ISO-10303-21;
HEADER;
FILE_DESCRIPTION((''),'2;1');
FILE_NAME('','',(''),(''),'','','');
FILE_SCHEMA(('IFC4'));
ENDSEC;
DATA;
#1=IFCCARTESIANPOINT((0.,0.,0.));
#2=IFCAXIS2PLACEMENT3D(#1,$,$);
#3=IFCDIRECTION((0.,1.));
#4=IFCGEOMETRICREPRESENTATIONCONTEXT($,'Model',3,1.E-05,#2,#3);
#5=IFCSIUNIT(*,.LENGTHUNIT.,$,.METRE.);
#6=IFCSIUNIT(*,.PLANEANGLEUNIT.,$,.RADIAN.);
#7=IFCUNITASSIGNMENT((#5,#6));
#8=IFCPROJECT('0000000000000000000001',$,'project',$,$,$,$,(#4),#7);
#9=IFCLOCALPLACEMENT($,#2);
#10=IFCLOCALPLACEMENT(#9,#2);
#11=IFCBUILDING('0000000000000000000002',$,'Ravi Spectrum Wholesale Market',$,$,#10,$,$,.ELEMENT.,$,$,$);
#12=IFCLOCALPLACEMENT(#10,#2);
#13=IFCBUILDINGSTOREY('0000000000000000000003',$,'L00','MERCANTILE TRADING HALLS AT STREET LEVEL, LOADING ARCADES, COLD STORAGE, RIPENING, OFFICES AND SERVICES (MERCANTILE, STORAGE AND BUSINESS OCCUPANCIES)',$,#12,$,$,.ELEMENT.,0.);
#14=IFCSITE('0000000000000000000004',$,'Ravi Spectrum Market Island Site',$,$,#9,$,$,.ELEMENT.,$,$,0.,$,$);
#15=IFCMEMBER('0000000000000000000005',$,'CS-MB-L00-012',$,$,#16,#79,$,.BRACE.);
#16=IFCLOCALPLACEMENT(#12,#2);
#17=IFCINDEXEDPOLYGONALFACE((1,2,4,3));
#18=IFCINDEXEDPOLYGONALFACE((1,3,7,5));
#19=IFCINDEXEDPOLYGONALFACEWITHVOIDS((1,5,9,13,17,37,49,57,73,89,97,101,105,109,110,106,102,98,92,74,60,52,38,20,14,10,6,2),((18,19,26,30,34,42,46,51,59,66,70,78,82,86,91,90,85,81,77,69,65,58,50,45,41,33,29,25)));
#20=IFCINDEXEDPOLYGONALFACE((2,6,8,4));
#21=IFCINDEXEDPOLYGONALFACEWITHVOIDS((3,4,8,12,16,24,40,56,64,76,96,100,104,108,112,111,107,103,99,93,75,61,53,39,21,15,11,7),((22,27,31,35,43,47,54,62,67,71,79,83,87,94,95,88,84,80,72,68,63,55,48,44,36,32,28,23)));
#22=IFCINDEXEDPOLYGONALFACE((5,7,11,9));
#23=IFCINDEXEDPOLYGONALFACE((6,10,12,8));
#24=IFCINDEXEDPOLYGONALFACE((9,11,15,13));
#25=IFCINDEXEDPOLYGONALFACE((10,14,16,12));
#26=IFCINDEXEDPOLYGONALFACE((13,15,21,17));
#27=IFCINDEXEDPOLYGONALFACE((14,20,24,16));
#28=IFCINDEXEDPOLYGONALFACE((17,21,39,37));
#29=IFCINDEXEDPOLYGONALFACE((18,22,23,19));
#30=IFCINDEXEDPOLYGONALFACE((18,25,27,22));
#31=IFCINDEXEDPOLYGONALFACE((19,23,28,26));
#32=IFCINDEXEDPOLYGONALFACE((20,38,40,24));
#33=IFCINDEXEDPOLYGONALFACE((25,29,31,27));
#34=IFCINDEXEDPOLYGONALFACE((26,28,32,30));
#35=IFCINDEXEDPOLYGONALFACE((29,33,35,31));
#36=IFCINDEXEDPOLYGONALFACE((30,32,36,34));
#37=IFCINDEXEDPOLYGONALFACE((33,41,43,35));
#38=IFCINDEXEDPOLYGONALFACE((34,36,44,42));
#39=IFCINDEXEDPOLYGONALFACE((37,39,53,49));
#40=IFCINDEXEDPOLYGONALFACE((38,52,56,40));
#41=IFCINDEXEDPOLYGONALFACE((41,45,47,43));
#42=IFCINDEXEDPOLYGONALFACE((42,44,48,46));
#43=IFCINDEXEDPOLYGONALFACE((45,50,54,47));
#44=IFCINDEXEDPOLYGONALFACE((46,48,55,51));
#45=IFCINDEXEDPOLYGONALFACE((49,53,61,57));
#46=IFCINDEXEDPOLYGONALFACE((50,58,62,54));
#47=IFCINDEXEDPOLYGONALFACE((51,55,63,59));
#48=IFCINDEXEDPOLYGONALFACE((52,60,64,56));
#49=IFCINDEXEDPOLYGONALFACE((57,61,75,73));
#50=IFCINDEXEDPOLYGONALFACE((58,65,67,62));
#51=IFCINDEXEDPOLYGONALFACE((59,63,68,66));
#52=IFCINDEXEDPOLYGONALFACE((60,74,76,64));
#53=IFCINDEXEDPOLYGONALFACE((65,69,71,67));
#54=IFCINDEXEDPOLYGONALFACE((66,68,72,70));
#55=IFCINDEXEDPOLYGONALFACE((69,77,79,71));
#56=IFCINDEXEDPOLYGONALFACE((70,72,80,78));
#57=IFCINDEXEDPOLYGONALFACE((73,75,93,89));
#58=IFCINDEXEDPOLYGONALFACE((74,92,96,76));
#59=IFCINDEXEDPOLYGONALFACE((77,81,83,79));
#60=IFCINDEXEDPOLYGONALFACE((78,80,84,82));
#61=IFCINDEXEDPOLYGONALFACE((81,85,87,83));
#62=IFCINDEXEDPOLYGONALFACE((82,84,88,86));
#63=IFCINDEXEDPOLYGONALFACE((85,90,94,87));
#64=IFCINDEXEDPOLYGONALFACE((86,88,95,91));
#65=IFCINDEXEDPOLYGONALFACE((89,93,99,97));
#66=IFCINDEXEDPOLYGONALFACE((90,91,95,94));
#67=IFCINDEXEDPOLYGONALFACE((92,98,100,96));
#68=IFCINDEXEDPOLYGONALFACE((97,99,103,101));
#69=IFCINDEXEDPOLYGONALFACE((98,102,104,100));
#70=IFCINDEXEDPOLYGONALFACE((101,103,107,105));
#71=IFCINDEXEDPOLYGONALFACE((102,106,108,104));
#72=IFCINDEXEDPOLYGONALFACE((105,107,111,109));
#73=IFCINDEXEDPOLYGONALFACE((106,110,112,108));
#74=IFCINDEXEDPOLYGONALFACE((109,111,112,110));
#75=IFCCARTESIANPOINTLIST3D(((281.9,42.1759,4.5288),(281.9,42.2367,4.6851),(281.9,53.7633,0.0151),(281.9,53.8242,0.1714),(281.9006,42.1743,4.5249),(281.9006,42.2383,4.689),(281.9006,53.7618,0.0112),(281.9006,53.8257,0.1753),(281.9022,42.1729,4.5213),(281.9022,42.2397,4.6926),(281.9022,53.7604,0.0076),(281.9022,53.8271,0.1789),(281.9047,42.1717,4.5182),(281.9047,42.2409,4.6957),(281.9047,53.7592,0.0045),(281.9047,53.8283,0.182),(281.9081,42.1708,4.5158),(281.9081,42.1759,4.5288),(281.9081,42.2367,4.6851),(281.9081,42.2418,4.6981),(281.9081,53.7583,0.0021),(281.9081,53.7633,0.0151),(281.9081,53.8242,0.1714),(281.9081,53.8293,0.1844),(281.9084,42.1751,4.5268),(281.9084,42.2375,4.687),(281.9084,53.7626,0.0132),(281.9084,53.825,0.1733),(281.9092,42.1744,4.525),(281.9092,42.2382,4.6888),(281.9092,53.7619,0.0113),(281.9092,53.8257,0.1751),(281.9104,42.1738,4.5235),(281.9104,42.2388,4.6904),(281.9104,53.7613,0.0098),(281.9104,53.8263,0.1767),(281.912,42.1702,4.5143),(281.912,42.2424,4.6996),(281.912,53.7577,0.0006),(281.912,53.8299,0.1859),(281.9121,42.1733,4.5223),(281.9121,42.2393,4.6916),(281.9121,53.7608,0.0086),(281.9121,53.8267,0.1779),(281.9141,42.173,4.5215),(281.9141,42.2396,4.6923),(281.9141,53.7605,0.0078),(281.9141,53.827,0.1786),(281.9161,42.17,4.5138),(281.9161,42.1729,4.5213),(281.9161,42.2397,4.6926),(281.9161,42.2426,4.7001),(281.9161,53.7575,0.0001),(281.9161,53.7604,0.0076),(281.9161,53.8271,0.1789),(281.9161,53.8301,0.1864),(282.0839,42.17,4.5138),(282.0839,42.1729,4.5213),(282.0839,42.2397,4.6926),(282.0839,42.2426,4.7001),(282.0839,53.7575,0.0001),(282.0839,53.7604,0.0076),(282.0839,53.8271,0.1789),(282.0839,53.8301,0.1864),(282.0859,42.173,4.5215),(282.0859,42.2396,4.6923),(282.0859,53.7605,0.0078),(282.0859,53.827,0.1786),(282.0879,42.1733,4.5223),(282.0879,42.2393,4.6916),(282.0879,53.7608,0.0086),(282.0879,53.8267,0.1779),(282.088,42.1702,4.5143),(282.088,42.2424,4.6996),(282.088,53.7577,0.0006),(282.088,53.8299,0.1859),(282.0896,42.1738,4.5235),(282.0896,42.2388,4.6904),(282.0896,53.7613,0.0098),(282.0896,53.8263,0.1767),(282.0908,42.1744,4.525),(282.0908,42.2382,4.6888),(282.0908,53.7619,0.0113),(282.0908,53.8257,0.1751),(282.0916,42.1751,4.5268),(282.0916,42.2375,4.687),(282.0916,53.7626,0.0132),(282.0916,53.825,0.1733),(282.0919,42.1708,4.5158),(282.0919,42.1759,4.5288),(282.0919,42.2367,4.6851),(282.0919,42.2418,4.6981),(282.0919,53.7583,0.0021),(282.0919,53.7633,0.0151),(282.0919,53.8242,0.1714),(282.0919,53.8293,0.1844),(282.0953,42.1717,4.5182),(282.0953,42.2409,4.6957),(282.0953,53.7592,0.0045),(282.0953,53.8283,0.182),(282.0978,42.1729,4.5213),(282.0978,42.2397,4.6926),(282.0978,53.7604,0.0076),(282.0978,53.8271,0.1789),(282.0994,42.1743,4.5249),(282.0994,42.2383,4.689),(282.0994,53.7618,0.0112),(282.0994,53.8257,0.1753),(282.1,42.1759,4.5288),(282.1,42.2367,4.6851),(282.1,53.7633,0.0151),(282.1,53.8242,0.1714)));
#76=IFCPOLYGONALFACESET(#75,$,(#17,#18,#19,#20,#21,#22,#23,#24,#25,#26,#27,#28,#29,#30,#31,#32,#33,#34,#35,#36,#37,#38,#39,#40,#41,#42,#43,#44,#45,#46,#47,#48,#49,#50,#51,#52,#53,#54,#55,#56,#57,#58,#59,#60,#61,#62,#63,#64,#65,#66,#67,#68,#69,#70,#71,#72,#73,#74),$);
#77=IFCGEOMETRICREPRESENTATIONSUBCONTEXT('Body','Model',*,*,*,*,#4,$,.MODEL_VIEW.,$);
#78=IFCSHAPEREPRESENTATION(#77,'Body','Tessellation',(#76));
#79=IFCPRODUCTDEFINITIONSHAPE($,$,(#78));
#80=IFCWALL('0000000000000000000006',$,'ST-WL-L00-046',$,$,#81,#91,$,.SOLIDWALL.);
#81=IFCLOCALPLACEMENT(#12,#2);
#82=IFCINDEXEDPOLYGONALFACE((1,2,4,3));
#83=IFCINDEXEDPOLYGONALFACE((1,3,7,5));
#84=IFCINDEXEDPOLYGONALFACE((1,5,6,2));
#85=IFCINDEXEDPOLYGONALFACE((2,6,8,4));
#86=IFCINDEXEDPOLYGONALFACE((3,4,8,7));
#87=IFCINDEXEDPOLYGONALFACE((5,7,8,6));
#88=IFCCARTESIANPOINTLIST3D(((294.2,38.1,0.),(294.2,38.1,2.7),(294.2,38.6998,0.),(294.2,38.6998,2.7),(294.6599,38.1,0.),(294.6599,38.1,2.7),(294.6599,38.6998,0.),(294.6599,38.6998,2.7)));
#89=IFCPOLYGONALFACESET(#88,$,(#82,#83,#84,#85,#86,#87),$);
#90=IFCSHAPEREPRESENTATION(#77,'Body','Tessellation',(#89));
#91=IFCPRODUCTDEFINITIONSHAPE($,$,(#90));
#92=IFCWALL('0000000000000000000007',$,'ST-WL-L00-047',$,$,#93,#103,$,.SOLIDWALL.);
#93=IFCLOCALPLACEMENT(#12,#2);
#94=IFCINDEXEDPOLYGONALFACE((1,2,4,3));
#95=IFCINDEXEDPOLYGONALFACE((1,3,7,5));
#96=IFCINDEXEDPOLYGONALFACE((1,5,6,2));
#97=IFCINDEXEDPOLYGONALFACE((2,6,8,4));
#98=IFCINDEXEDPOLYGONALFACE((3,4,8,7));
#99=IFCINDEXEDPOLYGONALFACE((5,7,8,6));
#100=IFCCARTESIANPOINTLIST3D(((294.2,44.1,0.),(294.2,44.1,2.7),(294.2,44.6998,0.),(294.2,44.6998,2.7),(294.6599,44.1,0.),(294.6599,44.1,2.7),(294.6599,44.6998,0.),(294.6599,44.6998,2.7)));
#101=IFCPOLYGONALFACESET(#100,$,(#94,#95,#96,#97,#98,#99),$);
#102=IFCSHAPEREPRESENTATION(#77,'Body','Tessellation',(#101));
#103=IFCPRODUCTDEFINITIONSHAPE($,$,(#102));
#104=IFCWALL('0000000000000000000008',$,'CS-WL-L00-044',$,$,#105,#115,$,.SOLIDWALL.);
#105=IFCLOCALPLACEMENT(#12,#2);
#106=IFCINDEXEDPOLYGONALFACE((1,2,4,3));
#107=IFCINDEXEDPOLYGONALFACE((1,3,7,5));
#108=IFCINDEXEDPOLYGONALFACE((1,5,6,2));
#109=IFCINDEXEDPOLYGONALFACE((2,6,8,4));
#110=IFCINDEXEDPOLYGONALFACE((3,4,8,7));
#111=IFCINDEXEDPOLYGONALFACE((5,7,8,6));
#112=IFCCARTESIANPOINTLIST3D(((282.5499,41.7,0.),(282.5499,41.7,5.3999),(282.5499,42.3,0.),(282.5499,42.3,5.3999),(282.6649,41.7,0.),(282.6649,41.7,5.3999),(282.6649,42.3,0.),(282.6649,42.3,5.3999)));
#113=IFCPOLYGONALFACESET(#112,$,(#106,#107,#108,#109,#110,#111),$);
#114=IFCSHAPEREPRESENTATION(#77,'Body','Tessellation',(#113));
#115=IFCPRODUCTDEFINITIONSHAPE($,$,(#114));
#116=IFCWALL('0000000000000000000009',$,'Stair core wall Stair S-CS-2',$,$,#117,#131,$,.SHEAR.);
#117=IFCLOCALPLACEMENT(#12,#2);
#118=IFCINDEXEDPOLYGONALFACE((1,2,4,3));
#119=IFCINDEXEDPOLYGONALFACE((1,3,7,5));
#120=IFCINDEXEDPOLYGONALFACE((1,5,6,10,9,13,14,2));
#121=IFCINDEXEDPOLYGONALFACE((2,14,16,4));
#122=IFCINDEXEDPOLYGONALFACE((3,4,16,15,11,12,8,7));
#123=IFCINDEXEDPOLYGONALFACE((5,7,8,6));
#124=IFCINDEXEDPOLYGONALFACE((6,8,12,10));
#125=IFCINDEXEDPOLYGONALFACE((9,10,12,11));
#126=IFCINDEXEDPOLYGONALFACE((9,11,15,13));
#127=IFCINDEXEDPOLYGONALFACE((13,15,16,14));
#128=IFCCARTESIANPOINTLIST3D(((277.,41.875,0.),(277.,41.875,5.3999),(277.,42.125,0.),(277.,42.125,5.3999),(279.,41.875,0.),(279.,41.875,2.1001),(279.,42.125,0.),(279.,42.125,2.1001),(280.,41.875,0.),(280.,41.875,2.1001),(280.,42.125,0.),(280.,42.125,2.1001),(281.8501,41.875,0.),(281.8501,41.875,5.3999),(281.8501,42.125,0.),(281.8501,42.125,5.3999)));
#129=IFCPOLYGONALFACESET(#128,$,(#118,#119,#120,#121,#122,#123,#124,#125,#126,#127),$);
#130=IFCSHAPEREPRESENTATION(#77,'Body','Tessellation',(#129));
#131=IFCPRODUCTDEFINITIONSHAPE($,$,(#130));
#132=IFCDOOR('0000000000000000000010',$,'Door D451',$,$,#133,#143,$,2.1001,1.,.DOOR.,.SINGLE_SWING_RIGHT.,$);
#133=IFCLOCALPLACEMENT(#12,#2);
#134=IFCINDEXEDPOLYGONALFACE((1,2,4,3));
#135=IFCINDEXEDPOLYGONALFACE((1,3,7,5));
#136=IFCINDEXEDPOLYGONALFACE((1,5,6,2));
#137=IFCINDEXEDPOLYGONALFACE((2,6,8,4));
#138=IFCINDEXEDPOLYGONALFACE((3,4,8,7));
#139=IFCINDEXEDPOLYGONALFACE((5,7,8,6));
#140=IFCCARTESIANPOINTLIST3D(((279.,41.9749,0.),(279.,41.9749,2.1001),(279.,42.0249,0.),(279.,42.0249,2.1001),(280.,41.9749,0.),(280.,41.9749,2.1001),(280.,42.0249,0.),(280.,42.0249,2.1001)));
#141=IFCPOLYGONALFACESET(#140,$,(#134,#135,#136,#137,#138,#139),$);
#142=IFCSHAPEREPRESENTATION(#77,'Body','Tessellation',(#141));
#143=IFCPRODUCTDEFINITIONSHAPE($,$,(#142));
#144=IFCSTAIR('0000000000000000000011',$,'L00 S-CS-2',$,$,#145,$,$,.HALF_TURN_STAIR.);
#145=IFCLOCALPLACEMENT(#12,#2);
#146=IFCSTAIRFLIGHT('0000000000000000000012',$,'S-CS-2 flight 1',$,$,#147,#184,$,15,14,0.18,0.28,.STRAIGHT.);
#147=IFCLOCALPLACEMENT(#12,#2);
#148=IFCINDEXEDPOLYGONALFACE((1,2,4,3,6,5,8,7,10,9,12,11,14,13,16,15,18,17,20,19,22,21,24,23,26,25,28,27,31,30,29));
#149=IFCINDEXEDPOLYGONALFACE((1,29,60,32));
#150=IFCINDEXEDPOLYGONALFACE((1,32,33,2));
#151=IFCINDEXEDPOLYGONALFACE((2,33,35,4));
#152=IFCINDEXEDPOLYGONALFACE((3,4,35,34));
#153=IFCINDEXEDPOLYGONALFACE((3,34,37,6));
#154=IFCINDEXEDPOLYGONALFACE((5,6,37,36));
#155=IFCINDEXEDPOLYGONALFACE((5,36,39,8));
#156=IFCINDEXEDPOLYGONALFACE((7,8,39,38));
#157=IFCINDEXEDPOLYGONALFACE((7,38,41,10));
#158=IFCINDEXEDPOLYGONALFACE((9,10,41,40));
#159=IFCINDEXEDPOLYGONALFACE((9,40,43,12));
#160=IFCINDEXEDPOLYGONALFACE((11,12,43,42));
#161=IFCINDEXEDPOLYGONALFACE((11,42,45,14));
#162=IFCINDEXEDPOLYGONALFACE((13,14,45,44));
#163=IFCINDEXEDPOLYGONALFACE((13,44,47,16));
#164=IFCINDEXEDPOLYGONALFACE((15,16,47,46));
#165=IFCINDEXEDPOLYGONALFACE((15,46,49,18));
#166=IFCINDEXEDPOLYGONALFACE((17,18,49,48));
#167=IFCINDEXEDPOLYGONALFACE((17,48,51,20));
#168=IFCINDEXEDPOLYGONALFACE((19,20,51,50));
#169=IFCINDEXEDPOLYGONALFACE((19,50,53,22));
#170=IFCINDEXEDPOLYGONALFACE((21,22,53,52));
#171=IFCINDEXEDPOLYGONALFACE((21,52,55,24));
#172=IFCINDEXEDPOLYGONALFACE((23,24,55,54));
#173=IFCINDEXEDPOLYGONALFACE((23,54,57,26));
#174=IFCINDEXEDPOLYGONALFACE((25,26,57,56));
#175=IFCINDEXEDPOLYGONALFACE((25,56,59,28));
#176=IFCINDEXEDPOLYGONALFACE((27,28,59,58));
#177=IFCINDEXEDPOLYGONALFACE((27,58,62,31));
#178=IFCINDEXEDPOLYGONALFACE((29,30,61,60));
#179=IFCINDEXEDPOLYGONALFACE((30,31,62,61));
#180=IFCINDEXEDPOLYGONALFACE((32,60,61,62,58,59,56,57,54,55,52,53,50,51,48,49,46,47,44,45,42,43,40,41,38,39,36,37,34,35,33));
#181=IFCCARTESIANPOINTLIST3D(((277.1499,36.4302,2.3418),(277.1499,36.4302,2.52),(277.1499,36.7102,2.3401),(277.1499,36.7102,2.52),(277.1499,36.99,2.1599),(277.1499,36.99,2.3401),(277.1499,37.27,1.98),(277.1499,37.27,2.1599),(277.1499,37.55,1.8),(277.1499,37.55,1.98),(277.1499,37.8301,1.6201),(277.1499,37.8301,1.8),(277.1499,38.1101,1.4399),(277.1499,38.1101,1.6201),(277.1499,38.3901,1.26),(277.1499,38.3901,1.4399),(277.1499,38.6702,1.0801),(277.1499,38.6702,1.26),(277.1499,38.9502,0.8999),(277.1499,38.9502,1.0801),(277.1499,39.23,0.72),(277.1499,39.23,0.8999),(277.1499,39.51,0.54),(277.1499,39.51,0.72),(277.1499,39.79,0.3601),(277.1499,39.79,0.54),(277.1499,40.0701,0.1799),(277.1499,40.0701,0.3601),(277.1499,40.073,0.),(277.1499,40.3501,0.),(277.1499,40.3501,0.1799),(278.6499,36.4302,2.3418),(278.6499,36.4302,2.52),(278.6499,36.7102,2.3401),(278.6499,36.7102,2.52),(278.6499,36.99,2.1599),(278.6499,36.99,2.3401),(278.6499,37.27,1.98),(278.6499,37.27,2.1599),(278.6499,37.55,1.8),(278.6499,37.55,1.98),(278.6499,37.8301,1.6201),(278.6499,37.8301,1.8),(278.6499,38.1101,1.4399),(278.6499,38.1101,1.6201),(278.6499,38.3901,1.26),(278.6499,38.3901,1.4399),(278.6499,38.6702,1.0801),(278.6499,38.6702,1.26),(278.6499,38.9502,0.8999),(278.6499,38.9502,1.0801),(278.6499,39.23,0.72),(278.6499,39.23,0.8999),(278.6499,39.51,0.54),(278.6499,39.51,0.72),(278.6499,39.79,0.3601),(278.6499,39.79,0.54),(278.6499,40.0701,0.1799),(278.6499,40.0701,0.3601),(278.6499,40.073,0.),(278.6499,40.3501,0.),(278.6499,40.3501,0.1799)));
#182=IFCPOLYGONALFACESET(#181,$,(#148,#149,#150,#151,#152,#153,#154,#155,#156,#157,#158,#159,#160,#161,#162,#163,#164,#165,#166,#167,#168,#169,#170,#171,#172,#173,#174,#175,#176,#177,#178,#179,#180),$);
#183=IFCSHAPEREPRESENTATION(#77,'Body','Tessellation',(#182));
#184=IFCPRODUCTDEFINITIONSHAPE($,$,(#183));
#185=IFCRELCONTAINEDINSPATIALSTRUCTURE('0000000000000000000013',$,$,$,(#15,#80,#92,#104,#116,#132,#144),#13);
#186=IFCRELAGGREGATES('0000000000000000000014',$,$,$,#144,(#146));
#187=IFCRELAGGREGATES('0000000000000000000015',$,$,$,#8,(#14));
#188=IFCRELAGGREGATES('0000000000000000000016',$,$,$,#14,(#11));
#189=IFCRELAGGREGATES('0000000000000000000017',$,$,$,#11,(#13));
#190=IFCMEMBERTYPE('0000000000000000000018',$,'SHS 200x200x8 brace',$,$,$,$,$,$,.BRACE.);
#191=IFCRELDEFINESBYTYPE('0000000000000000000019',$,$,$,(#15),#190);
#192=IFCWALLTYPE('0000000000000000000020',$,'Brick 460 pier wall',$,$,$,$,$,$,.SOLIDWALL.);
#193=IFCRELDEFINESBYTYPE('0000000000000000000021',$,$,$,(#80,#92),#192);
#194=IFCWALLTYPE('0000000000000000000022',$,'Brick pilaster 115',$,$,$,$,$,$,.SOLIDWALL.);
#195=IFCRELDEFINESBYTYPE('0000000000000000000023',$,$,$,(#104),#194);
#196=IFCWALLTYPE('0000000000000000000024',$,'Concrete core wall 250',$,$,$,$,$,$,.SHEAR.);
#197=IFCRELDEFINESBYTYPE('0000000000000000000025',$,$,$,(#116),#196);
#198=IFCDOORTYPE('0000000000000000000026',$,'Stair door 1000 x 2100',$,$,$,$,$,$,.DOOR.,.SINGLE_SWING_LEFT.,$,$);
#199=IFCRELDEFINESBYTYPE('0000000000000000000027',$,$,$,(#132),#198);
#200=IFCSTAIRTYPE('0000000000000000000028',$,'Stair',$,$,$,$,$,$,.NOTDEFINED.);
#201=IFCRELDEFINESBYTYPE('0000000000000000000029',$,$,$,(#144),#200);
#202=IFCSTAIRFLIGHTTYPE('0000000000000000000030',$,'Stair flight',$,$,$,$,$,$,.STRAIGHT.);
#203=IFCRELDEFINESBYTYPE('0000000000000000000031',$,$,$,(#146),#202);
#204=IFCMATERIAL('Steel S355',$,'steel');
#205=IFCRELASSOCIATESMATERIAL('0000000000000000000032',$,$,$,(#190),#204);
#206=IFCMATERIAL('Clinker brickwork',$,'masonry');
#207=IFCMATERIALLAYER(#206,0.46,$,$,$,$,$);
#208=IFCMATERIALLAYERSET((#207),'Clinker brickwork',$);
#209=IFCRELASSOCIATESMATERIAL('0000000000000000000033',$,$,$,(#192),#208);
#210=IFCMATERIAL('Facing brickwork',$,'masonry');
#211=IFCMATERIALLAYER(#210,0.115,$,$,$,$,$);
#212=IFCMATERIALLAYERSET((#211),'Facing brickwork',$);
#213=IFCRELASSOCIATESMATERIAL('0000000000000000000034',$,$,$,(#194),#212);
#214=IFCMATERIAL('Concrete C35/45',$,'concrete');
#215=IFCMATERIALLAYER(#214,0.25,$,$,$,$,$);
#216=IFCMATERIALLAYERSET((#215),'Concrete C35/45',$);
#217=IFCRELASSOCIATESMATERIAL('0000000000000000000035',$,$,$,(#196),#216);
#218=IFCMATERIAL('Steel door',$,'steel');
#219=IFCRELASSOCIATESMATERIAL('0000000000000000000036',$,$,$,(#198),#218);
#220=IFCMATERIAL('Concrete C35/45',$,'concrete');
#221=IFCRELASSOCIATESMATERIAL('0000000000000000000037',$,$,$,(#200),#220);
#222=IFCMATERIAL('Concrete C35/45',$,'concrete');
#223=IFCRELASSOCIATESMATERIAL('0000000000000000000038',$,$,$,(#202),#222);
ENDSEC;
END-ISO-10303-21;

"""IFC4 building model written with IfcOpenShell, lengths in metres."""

from ifc_helpers import new_model, si_unit, direction, frame, frame_2d, origin, origin_2d, place, context, subcontext, project, spatial, polyline, rectangle, hollow_rectangle, outline, extrude, material, layer, layer_set, material_profile, profile_set, type_object, element, fill, aggregate, save


model = new_model("IFC4")

# Units and contexts
model_context = context("Model", 3, precision=1e-05, world=origin(), true_north=direction((0.0, 1.0)))
body_context = subcontext(model_context, "Body", "Model", "MODEL_VIEW")
ifc_project = project(units=[si_unit("LENGTHUNIT", "METRE"), si_unit("PLANEANGLEUNIT", "RADIAN")], contexts=[model_context])

# Site, building, storey
site_placement = place(None, origin())
site = spatial("IfcSite", under=ifc_project, at=site_placement, Name="Ravi Spectrum Market Island Site", CompositionType="ELEMENT", RefElevation=0.0)
building_placement = place(site_placement, origin())
building = spatial("IfcBuilding", under=site, at=building_placement, Name="Ravi Spectrum Wholesale Market", CompositionType="ELEMENT")
storey_placement = place(building_placement, origin())
storey = spatial("IfcBuildingStorey", under=building, at=storey_placement, Name="L00", Description="MERCANTILE TRADING HALLS AT STREET LEVEL, LOADING ARCADES, COLD STORAGE, RIPENING, OFFICES AND SERVICES (MERCANTILE, STORAGE AND BUSINESS OCCUPANCIES)", CompositionType="ELEMENT", Elevation=0.0)

# Member
ifc_material_1 = material(Name="Steel S355", Category="steel")
ifc_material_profile_1 = material_profile(ifc_material_1, hollow_rectangle(XDim=0.2, YDim=0.2, WallThickness=0.0081, InnerFilletRadius=0.0081, OuterFilletRadius=0.0161, at=origin_2d()))
ifc_profile_set_1 = profile_set([ifc_material_profile_1], Name="Steel S355")
member_type = type_object("IfcMemberType", Name="SHS 200x200x8 brace", PredefinedType="BRACE", material=ifc_profile_set_1)
member_placement = place(storey_placement, frame((282.0, 42.2063, 4.6069), z_axis=(0.0, 0.931802, -0.362967), x_axis=(-1.0, 0.0, 0.0)))
element("IfcMember", 1, at=member_placement, inside=storey, type_object=member_type, Name="CS-MB-L00-012", PredefinedType="BRACE", context=body_context, shape_type="SweptSolid", body=[
    extrude(hollow_rectangle(XDim=0.2, YDim=0.2, WallThickness=0.0081, InnerFilletRadius=0.0081, OuterFilletRadius=0.0161, at=origin_2d()), origin(), (0.0, 0.0, 1.0), 12.4355),
])

# Walls
ifc_material_2 = material(Name="Clinker brickwork", Category="masonry")
ifc_layer_1 = layer(ifc_material_2, 0.46)
ifc_layer_set_1 = layer_set([ifc_layer_1], Name="Clinker brickwork")
wall_type_1 = type_object("IfcWallType", Name="Brick 460 pier wall", PredefinedType="SOLIDWALL", material=ifc_layer_set_1)
for number, where, z_axis, x_axis, name in (
    (2, (294.4299, 38.1001, 0.0), (0.0, 0.0, 1.0), (0.0, 1.0, 0.0), "ST-WL-L00-046"),
    (3, (294.4299, 44.1001, 0.0), (0.0, 0.0, 1.0), (0.0, 1.0, 0.0), "ST-WL-L00-047"),
):
    element("IfcWall", number, at=place(storey_placement, frame(where, z_axis=z_axis, x_axis=x_axis)), inside=storey, type_object=wall_type_1, Name=name, PredefinedType="SOLIDWALL", context=body_context, shape_type="SweptSolid", body=[
        extrude(rectangle(XDim=0.5999, YDim=0.46, at=frame_2d((0.2998, 0.0))), origin(), (0.0, 0.0, 1.0), 2.7),
    ])
ifc_material_3 = material(Name="Facing brickwork", Category="masonry")
ifc_layer_2 = layer(ifc_material_3, 0.115)
ifc_layer_set_2 = layer_set([ifc_layer_2], Name="Facing brickwork")
wall_type_2 = type_object("IfcWallType", Name="Brick pilaster 115", PredefinedType="SOLIDWALL", material=ifc_layer_set_2)
wall_1_placement = place(storey_placement, frame((282.6074, 41.7, 0.0), z_axis=(0.0, 0.0, 1.0), x_axis=(0.0, 1.0, 0.0)))
element("IfcWall", 4, at=wall_1_placement, inside=storey, type_object=wall_type_2, Name="CS-WL-L00-044", PredefinedType="SOLIDWALL", context=body_context, shape_type="SweptSolid", body=[
    extrude(rectangle(XDim=0.6001, YDim=0.115, at=frame_2d((0.3, 0.0))), origin(), (0.0, 0.0, 1.0), 5.3999),
])

# Wall, opening, door
ifc_material_4 = material(Name="Concrete C35/45", Category="concrete")
ifc_layer_3 = layer(ifc_material_4, 0.25)
ifc_layer_set_3 = layer_set([ifc_layer_3], Name="Concrete C35/45")
wall_type_3 = type_object("IfcWallType", Name="Concrete core wall 250", PredefinedType="SHEAR", material=ifc_layer_set_3)
wall_2_placement = place(storey_placement, frame((277.0, 42.0, 0.0), z_axis=(0.0, 0.0, 1.0), x_axis=(1.0, 0.0, 0.0)))
wall_2 = element("IfcWall", 5, at=wall_2_placement, inside=storey, type_object=wall_type_3, Name="Stair core wall Stair S-CS-2", PredefinedType="SHEAR", context=body_context, shape_type="SweptSolid", body=[
    extrude(rectangle(XDim=4.8501, YDim=0.25, at=frame_2d((2.425, 0.0))), origin(), (0.0, 0.0, 1.0), 5.3999),
])
opening_placement = place(wall_2_placement, frame((2.0, 0.0, 0.0)))
opening = element("IfcOpeningElement", 6, at=opening_placement, cuts=wall_2, PredefinedType="OPENING", context=body_context, shape_type="SweptSolid", body=[
    extrude(rectangle(XDim=1.0, YDim=2.1001, at=frame_2d((0.5, 1.05))), frame((0.0, 0.135, 0.0), z_axis=(0.0, -1.0, 0.0), x_axis=(1.0, 0.0, 0.0)), (0.0, 0.0, 1.0), 0.27),
])
ifc_material_5 = material(Name="Steel door", Category="steel")
door_type = type_object("IfcDoorType", Name="Stair door 1000 x 2100", OperationType="SINGLE_SWING_LEFT", PredefinedType="DOOR", material=ifc_material_5)
door_placement = place(opening_placement, origin())
door = element("IfcDoor", 7, at=door_placement, inside=storey, type_object=door_type, Name="Door D451", OperationType="SINGLE_SWING_RIGHT", OverallHeight=2.1001, OverallWidth=1.0, PredefinedType="DOOR", context=body_context, shape_type="SweptSolid", body=[
    extrude(rectangle(XDim=1.0, YDim=2.1001, at=frame_2d((0.5, 1.05))), frame((0.0, 0.0249, 0.0), z_axis=(0.0, -1.0, 0.0), x_axis=(1.0, 0.0, 0.0)), (0.0, 0.0, 1.0), 0.05),
])
fill(opening, door)

# Stair, stair flight
ifc_material_6 = material(Name="Concrete C35/45", Category="concrete")
stair_type = type_object("IfcStairType", Name="Stair", PredefinedType="NOTDEFINED", material=ifc_material_6)
stair_placement = place(storey_placement, origin())
stair = element("IfcStair", 8, at=stair_placement, inside=storey, type_object=stair_type, Name="L00 S-CS-2", PredefinedType="HALF_TURN_STAIR")
ifc_material_7 = material(Name="Concrete C35/45", Category="concrete")
stair_flight_type = type_object("IfcStairFlightType", Name="Stair flight", PredefinedType="STRAIGHT", material=ifc_material_7)
stair_flight_1_placement = place(storey_placement, frame((277.8999, 40.3501, 0.0), z_axis=(0.0, 0.0, 1.0), x_axis=(0.0, -1.0, 0.0)))
stair_flight_1 = element("IfcStairFlight", 9, at=stair_flight_1_placement, type_object=stair_flight_type, Name="S-CS-2 flight 1", NumberOfRisers=15, NumberOfTreads=14, PredefinedType="STRAIGHT", RiserHeight=0.18, TreadLength=0.28, context=body_context, shape_type="SweptSolid", body=[
    extrude(outline(polyline([(0.0, 0.0), (0.0, 0.1799), (0.28, 0.1799), (0.28, 0.3601), (0.5601, 0.3601), (0.5601, 0.54), (0.8401, 0.54), (0.8401, 0.72), (1.1201, 0.72), (1.1201, 0.8999), (1.3999, 0.8999), (1.3999, 1.0801), (1.6799, 1.0801), (1.6799, 1.26), (1.96, 1.26), (1.96, 1.4399), (2.24, 1.4399), (2.24, 1.6201), (2.52, 1.6201), (2.52, 1.8), (2.8, 1.8), (2.8, 1.98), (3.0801, 1.98), (3.0801, 2.1599), (3.3601, 2.1599), (3.3601, 2.3401), (3.6399, 2.3401), (3.6399, 2.52), (3.9199, 2.52), (3.9199, 2.7), (3.9199, 2.3418), (0.2771, 0.0), (0.0, 0.0)])), frame((0.0, 0.75, 0.0), z_axis=(0.0, -1.0, 0.0), x_axis=(1.0, 0.0, 0.0)), (0.0, 0.0, 1.0), 1.5),
])
aggregate(stair, [stair_flight_1])

save(model, "model.ifc")
